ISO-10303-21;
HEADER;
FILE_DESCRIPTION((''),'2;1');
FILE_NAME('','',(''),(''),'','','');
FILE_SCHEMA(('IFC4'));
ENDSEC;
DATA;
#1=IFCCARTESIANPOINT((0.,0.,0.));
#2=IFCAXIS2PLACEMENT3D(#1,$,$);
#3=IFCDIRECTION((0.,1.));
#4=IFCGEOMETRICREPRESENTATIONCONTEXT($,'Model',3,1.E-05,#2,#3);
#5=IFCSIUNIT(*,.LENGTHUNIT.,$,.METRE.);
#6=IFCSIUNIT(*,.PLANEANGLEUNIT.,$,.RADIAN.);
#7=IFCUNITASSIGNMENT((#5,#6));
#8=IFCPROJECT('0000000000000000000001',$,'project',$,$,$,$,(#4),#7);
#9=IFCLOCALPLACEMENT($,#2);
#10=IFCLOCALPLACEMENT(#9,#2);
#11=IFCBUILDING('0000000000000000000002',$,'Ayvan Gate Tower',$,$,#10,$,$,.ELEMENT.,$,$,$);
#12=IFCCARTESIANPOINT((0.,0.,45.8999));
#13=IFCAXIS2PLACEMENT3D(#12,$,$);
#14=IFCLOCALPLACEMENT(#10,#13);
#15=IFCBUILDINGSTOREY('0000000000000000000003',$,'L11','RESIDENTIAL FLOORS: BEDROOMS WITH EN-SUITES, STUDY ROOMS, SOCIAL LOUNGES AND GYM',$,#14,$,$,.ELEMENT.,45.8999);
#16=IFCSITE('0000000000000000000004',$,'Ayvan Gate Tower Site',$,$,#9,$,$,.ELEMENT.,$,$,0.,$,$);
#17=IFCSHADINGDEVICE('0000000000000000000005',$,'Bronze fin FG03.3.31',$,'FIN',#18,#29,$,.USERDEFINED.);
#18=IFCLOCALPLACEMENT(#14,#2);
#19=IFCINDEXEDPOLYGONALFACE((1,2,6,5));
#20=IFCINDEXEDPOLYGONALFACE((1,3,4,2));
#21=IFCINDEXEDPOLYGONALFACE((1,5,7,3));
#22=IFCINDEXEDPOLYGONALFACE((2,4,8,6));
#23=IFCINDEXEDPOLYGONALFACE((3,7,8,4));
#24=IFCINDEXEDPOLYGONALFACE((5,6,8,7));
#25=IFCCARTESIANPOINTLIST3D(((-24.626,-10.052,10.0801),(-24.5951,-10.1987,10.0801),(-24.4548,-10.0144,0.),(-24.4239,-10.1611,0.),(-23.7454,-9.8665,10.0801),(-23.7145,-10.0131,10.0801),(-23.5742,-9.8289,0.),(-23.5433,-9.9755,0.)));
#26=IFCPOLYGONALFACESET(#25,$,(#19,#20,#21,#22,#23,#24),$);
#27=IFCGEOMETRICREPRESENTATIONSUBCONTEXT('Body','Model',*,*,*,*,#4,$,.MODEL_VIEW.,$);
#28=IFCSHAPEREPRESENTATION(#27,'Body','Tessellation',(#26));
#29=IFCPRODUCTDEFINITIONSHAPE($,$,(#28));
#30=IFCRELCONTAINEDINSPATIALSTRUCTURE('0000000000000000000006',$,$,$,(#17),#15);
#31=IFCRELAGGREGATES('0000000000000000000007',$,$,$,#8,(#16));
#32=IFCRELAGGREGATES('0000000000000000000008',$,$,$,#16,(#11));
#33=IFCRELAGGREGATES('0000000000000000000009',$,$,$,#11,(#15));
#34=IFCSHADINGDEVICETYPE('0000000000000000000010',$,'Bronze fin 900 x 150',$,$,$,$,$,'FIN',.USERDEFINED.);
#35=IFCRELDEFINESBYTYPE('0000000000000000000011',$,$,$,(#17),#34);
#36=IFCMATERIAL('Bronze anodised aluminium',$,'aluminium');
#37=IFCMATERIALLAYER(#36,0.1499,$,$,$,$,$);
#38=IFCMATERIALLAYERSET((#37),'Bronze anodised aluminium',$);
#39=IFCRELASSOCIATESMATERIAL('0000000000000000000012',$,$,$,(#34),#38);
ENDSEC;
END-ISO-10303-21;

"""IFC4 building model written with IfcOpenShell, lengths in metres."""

from ifc_helpers import new_model, si_unit, direction, frame, origin, place, context, subcontext, project, spatial, polyline, outline, extrude, material, layer, layer_set, type_object, element, save


model = new_model("IFC4")

# Units and contexts
model_context = context("Model", 3, precision=1e-05, world=origin(), true_north=direction((0.0, 1.0)))
body_context = subcontext(model_context, "Body", "Model", "MODEL_VIEW")
ifc_project = project(units=[si_unit("LENGTHUNIT", "METRE"), si_unit("PLANEANGLEUNIT", "RADIAN")], contexts=[model_context])

# Site, building, storey
site_placement = place(None, origin())
site = spatial("IfcSite", under=ifc_project, at=site_placement, Name="Ayvan Gate Tower Site", CompositionType="ELEMENT", RefElevation=0.0)
building_placement = place(site_placement, origin())
building = spatial("IfcBuilding", under=site, at=building_placement, Name="Ayvan Gate Tower", CompositionType="ELEMENT")
storey_placement = place(building_placement, frame((0.0, 0.0, 45.8999)))
storey = spatial("IfcBuildingStorey", under=building, at=storey_placement, Name="L11", Description="RESIDENTIAL FLOORS: BEDROOMS WITH EN-SUITES, STUDY ROOMS, SOCIAL LOUNGES AND GYM", CompositionType="ELEMENT", Elevation=45.8999)

# Shared definitions
ifc_material_1 = material(Name="Bronze anodised aluminium", Category="aluminium")

# Shading device
ifc_layer_1 = layer(ifc_material_1, 0.1499)
ifc_layer_set_1 = layer_set([ifc_layer_1], Name="Bronze anodised aluminium")
shading_device_type = type_object("IfcShadingDeviceType", Name="Bronze fin 900 x 150", ElementType="FIN", PredefinedType="USERDEFINED", material=ifc_layer_set_1)
shading_device_1_placement = place(storey_placement, frame((-23.5742, -9.8289, 0.0), z_axis=(-0.206175, 0.978515, 0.000149), x_axis=(-0.978515, -0.206175, 0.0)))
element("IfcShadingDevice", 1, at=shading_device_1_placement, inside=storey, type_object=shading_device_type, Name="Bronze fin FG03.3.31", ObjectType="FIN", PredefinedType="USERDEFINED", context=body_context, shape_type="SweptSolid", body=[
    extrude(outline(polyline([(0.0, 0.0), (0.9, 0.0), (1.0752, 10.0801), (0.1752, 10.0801), (0.0, 0.0)])), origin(), (0.0, 0.0, -1.0), 0.1499),
])

save(model, "model.ifc")
